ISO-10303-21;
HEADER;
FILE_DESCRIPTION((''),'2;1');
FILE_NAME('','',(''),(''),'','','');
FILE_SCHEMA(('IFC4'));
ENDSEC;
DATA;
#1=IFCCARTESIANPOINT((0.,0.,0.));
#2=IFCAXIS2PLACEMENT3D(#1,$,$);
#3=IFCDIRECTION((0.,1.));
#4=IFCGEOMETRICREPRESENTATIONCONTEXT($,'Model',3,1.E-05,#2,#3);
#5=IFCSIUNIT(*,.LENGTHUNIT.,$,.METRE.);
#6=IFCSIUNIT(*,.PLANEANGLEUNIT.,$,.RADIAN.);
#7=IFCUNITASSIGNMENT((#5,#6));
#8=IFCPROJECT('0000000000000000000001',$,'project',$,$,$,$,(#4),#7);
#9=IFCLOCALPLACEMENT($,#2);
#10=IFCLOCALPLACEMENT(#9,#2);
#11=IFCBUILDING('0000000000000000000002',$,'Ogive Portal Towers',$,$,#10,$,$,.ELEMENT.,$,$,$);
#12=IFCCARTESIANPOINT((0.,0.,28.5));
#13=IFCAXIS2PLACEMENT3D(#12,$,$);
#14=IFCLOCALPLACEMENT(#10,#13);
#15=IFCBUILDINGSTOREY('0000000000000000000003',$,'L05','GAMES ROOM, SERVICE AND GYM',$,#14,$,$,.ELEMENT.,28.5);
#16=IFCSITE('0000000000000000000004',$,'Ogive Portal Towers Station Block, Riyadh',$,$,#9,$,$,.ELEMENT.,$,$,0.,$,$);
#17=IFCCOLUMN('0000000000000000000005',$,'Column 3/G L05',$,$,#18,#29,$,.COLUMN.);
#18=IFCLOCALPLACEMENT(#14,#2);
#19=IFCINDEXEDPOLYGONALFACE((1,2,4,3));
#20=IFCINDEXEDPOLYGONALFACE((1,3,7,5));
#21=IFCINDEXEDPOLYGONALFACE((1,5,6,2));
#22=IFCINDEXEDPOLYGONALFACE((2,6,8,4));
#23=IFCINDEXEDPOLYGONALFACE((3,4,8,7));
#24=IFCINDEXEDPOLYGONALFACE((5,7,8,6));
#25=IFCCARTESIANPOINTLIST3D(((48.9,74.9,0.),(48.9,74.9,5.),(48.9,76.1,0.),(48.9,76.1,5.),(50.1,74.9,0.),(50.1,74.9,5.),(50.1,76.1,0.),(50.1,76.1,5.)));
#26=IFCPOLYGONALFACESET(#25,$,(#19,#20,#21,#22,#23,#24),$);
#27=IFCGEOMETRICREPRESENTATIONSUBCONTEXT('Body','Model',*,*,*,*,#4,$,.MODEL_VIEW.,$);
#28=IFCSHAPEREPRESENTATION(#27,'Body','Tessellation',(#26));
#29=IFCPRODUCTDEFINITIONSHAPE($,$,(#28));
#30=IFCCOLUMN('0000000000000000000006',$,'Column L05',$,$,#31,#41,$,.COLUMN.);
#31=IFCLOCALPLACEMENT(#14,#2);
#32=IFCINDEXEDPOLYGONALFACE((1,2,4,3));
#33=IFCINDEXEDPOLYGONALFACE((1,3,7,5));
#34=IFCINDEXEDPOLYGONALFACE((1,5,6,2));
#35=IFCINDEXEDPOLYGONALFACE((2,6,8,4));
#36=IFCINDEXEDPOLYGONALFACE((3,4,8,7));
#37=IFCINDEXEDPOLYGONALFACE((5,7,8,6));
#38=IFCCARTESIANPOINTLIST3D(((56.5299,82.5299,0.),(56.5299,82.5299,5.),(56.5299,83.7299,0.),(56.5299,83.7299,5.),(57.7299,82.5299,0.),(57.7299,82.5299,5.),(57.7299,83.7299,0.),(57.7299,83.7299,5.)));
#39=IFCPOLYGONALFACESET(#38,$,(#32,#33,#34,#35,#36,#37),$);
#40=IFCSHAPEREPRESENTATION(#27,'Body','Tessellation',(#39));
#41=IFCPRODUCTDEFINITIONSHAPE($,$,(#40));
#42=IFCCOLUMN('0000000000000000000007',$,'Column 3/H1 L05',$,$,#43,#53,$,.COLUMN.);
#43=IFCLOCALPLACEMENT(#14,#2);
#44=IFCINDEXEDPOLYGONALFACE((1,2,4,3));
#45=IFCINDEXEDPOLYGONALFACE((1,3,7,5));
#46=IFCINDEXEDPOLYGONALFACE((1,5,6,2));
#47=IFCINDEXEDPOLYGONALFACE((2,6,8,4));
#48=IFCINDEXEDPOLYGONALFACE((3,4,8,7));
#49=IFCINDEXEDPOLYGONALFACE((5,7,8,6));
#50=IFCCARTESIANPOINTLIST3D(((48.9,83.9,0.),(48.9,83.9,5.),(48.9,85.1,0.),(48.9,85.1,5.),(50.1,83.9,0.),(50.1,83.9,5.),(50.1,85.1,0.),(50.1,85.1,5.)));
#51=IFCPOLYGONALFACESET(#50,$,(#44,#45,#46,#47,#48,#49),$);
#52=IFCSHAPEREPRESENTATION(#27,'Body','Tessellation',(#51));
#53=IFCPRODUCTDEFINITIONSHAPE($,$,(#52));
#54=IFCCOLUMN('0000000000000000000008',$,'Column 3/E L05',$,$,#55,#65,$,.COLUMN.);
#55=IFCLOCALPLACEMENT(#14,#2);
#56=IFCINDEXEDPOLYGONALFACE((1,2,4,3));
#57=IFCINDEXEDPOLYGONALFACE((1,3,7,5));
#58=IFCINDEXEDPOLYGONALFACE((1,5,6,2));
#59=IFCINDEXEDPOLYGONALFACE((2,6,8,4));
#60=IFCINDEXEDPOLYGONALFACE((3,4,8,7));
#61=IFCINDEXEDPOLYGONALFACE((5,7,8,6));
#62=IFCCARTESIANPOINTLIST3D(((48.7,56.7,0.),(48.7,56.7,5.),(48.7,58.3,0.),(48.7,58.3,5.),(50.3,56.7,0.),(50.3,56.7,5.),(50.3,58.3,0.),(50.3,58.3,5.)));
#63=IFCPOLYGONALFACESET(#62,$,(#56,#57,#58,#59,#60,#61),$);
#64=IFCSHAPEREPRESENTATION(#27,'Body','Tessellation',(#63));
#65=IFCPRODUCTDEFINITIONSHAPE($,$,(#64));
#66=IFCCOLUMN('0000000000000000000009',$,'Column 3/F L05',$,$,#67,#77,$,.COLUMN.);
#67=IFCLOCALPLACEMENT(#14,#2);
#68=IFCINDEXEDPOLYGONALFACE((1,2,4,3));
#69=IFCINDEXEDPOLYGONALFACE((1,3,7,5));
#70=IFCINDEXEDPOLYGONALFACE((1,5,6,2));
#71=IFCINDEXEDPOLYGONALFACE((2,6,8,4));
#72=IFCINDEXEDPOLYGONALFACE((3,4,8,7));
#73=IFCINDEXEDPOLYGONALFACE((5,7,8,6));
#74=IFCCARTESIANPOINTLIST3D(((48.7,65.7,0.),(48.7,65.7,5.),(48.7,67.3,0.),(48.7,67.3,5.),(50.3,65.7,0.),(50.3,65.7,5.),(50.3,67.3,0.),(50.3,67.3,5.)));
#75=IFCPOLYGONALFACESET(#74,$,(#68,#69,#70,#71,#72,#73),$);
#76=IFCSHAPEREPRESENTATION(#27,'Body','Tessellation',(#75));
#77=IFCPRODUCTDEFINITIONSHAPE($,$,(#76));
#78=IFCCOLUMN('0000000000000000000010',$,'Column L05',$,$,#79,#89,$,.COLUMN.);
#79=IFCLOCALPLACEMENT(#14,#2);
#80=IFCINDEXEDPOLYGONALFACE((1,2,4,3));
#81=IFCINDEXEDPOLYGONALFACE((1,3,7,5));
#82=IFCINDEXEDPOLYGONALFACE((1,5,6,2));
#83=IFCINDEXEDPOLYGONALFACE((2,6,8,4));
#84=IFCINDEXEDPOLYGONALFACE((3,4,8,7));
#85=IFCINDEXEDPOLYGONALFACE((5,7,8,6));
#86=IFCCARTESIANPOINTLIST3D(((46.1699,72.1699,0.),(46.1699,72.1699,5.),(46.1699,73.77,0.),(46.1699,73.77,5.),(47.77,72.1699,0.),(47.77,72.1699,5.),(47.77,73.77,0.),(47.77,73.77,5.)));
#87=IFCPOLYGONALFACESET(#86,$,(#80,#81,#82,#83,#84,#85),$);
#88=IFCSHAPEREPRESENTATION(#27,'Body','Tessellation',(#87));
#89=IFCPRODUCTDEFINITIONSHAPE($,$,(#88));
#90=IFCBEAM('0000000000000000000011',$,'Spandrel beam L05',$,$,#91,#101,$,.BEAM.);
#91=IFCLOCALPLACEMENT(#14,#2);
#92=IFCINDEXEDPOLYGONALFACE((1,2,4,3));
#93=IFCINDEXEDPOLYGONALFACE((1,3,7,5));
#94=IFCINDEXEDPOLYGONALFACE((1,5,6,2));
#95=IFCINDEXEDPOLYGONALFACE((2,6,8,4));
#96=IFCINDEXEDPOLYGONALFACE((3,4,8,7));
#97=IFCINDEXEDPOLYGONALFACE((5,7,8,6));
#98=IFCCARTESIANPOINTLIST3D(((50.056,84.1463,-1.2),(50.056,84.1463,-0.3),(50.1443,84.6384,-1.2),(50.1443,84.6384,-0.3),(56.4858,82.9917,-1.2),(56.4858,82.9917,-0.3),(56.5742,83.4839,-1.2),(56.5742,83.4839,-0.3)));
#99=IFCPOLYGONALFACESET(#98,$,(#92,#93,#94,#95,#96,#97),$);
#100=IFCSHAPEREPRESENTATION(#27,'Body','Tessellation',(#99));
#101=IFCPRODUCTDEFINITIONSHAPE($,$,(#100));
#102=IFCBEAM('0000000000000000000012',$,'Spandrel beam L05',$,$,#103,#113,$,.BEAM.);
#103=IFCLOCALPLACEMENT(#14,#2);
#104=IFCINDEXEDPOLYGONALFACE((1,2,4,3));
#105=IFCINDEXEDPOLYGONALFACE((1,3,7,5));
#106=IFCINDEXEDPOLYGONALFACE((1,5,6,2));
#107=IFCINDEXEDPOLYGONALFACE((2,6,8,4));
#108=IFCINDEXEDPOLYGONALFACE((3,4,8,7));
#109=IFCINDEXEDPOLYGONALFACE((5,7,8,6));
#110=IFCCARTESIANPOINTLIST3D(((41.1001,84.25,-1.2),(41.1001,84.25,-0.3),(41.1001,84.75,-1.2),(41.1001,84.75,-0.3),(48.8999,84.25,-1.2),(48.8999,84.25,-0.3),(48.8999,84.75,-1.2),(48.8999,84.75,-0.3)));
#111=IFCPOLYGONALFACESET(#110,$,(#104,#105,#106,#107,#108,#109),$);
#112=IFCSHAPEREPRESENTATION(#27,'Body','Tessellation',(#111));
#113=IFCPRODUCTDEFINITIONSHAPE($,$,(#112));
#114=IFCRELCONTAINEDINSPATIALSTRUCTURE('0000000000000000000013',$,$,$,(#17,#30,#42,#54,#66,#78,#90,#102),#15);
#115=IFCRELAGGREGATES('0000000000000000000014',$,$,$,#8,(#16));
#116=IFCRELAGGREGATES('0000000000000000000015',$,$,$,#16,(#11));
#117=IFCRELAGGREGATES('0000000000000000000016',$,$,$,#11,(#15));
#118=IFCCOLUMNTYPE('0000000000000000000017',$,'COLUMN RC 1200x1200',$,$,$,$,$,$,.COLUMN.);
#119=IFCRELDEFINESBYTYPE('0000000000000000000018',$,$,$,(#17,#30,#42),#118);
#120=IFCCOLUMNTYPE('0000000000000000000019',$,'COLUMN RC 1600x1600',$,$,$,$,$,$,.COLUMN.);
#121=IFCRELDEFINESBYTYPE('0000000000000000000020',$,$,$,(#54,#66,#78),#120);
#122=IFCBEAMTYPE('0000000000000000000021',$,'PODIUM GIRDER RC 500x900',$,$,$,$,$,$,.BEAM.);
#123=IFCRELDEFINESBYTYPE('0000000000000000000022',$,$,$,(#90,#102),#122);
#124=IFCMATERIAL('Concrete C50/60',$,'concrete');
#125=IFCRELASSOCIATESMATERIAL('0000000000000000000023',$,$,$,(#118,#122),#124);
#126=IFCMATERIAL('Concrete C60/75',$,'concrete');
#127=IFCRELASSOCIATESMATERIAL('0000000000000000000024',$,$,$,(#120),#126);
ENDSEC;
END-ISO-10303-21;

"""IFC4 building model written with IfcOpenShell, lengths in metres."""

from ifc_helpers import new_model, si_unit, direction, frame, origin, origin_2d, place, context, subcontext, project, spatial, rectangle, extrude, material, material_profile, profile_set, type_object, element, save


model = new_model("IFC4")

# Units and contexts
model_context = context("Model", 3, precision=1e-05, world=origin(), true_north=direction((0.0, 1.0)))
body_context = subcontext(model_context, "Body", "Model", "MODEL_VIEW")
ifc_project = project(units=[si_unit("LENGTHUNIT", "METRE"), si_unit("PLANEANGLEUNIT", "RADIAN")], contexts=[model_context])

# Site, building, storey
site_placement = place(None, origin())
site = spatial("IfcSite", under=ifc_project, at=site_placement, Name="Ogive Portal Towers Station Block, Riyadh", CompositionType="ELEMENT", RefElevation=0.0)
building_placement = place(site_placement, origin())
building = spatial("IfcBuilding", under=site, at=building_placement, Name="Ogive Portal Towers", CompositionType="ELEMENT")
storey_placement = place(building_placement, frame((0.0, 0.0, 28.5)))
storey = spatial("IfcBuildingStorey", under=building, at=storey_placement, Name="L05", Description="GAMES ROOM, SERVICE AND GYM", CompositionType="ELEMENT", Elevation=28.5)

# Columns
ifc_material_1 = material(Name="Concrete C50/60", Category="concrete")
ifc_material_profile_1 = material_profile(ifc_material_1, rectangle(XDim=1.2, YDim=1.2, at=origin_2d()), Name="RC 1200x1200")
ifc_profile_set_1 = profile_set([ifc_material_profile_1], Name="Concrete C50/60")
column_type_1 = type_object("IfcColumnType", Name="COLUMN RC 1200x1200", PredefinedType="COLUMN", material=ifc_profile_set_1)
for number, where, z_axis, x_axis, name in (
    (1, (49.5, 75.5, 0.0), (0.0, 0.0, 1.0), (1.0, 0.0, 0.0), "Column 3/G L05"),
    (2, (57.1299, 83.1299, 0.0), (0.0, 0.0, 1.0), (1.0, 0.0, 0.0), "Column L05"),
    (3, (49.5, 84.5, 0.0), (0.0, 0.0, 1.0), (1.0, 0.0, 0.0), "Column 3/H1 L05"),
):
    element("IfcColumn", number, at=place(storey_placement, frame(where, z_axis=z_axis, x_axis=x_axis)), inside=storey, type_object=column_type_1, Name=name, PredefinedType="COLUMN", context=body_context, shape_type="SweptSolid", body=[
        extrude(rectangle(XDim=1.2, YDim=1.2, at=origin_2d()), origin(), (0.0, 0.0, 1.0), 5.0),
    ])
ifc_material_2 = material(Name="Concrete C60/75", Category="concrete")
ifc_material_profile_2 = material_profile(ifc_material_2, rectangle(XDim=1.6001, YDim=1.6001, at=origin_2d()), Name="RC 1600x1600")
ifc_profile_set_2 = profile_set([ifc_material_profile_2], Name="Concrete C60/75")
column_type_2 = type_object("IfcColumnType", Name="COLUMN RC 1600x1600", PredefinedType="COLUMN", material=ifc_profile_set_2)
for number, where, z_axis, x_axis, name in (
    (4, (49.5, 57.5, 0.0), (0.0, 0.0, 1.0), (1.0, 0.0, 0.0), "Column 3/E L05"),
    (5, (49.5, 66.5, 0.0), (0.0, 0.0, 1.0), (1.0, 0.0, 0.0), "Column 3/F L05"),
    (6, (46.97, 72.97, 0.0), (0.0, 0.0, 1.0), (1.0, 0.0, 0.0), "Column L05"),
):
    element("IfcColumn", number, at=place(storey_placement, frame(where, z_axis=z_axis, x_axis=x_axis)), inside=storey, type_object=column_type_2, Name=name, PredefinedType="COLUMN", context=body_context, shape_type="SweptSolid", body=[
        extrude(rectangle(XDim=1.6001, YDim=1.6001, at=origin_2d()), origin(), (0.0, 0.0, 1.0), 5.0),
    ])

# Beams
ifc_material_profile_3 = material_profile(ifc_material_1, rectangle(XDim=0.5, YDim=0.8999, at=origin_2d()), Name="RC 500x900")
ifc_profile_set_3 = profile_set([ifc_material_profile_3], Name="Concrete C50/60")
beam_type = type_object("IfcBeamType", Name="PODIUM GIRDER RC 500x900", PredefinedType="BEAM", material=ifc_profile_set_3)
beam_1_placement = place(storey_placement, frame((56.53, 83.2378, -0.75), z_axis=(-0.984259, 0.176731, 0.0), x_axis=(-0.176731, -0.984259, 0.0)))
element("IfcBeam", 7, at=beam_1_placement, inside=storey, type_object=beam_type, Name="Spandrel beam L05", PredefinedType="BEAM", context=body_context, shape_type="SweptSolid", body=[
    extrude(rectangle(XDim=0.5, YDim=0.8999, at=origin_2d()), origin(), (0.0, 0.0, 1.0), 6.5327),
])
beam_2_placement = place(storey_placement, frame((48.8999, 84.5, -0.75), z_axis=(-1.0, 0.0, 0.0), x_axis=(0.0, -1.0, 0.0)))
element("IfcBeam", 8, at=beam_2_placement, inside=storey, type_object=beam_type, Name="Spandrel beam L05", PredefinedType="BEAM", context=body_context, shape_type="SweptSolid", body=[
    extrude(rectangle(XDim=0.5, YDim=0.8999, at=origin_2d()), origin(), (0.0, 0.0, 1.0), 7.7998),
])

save(model, "model.ifc")
